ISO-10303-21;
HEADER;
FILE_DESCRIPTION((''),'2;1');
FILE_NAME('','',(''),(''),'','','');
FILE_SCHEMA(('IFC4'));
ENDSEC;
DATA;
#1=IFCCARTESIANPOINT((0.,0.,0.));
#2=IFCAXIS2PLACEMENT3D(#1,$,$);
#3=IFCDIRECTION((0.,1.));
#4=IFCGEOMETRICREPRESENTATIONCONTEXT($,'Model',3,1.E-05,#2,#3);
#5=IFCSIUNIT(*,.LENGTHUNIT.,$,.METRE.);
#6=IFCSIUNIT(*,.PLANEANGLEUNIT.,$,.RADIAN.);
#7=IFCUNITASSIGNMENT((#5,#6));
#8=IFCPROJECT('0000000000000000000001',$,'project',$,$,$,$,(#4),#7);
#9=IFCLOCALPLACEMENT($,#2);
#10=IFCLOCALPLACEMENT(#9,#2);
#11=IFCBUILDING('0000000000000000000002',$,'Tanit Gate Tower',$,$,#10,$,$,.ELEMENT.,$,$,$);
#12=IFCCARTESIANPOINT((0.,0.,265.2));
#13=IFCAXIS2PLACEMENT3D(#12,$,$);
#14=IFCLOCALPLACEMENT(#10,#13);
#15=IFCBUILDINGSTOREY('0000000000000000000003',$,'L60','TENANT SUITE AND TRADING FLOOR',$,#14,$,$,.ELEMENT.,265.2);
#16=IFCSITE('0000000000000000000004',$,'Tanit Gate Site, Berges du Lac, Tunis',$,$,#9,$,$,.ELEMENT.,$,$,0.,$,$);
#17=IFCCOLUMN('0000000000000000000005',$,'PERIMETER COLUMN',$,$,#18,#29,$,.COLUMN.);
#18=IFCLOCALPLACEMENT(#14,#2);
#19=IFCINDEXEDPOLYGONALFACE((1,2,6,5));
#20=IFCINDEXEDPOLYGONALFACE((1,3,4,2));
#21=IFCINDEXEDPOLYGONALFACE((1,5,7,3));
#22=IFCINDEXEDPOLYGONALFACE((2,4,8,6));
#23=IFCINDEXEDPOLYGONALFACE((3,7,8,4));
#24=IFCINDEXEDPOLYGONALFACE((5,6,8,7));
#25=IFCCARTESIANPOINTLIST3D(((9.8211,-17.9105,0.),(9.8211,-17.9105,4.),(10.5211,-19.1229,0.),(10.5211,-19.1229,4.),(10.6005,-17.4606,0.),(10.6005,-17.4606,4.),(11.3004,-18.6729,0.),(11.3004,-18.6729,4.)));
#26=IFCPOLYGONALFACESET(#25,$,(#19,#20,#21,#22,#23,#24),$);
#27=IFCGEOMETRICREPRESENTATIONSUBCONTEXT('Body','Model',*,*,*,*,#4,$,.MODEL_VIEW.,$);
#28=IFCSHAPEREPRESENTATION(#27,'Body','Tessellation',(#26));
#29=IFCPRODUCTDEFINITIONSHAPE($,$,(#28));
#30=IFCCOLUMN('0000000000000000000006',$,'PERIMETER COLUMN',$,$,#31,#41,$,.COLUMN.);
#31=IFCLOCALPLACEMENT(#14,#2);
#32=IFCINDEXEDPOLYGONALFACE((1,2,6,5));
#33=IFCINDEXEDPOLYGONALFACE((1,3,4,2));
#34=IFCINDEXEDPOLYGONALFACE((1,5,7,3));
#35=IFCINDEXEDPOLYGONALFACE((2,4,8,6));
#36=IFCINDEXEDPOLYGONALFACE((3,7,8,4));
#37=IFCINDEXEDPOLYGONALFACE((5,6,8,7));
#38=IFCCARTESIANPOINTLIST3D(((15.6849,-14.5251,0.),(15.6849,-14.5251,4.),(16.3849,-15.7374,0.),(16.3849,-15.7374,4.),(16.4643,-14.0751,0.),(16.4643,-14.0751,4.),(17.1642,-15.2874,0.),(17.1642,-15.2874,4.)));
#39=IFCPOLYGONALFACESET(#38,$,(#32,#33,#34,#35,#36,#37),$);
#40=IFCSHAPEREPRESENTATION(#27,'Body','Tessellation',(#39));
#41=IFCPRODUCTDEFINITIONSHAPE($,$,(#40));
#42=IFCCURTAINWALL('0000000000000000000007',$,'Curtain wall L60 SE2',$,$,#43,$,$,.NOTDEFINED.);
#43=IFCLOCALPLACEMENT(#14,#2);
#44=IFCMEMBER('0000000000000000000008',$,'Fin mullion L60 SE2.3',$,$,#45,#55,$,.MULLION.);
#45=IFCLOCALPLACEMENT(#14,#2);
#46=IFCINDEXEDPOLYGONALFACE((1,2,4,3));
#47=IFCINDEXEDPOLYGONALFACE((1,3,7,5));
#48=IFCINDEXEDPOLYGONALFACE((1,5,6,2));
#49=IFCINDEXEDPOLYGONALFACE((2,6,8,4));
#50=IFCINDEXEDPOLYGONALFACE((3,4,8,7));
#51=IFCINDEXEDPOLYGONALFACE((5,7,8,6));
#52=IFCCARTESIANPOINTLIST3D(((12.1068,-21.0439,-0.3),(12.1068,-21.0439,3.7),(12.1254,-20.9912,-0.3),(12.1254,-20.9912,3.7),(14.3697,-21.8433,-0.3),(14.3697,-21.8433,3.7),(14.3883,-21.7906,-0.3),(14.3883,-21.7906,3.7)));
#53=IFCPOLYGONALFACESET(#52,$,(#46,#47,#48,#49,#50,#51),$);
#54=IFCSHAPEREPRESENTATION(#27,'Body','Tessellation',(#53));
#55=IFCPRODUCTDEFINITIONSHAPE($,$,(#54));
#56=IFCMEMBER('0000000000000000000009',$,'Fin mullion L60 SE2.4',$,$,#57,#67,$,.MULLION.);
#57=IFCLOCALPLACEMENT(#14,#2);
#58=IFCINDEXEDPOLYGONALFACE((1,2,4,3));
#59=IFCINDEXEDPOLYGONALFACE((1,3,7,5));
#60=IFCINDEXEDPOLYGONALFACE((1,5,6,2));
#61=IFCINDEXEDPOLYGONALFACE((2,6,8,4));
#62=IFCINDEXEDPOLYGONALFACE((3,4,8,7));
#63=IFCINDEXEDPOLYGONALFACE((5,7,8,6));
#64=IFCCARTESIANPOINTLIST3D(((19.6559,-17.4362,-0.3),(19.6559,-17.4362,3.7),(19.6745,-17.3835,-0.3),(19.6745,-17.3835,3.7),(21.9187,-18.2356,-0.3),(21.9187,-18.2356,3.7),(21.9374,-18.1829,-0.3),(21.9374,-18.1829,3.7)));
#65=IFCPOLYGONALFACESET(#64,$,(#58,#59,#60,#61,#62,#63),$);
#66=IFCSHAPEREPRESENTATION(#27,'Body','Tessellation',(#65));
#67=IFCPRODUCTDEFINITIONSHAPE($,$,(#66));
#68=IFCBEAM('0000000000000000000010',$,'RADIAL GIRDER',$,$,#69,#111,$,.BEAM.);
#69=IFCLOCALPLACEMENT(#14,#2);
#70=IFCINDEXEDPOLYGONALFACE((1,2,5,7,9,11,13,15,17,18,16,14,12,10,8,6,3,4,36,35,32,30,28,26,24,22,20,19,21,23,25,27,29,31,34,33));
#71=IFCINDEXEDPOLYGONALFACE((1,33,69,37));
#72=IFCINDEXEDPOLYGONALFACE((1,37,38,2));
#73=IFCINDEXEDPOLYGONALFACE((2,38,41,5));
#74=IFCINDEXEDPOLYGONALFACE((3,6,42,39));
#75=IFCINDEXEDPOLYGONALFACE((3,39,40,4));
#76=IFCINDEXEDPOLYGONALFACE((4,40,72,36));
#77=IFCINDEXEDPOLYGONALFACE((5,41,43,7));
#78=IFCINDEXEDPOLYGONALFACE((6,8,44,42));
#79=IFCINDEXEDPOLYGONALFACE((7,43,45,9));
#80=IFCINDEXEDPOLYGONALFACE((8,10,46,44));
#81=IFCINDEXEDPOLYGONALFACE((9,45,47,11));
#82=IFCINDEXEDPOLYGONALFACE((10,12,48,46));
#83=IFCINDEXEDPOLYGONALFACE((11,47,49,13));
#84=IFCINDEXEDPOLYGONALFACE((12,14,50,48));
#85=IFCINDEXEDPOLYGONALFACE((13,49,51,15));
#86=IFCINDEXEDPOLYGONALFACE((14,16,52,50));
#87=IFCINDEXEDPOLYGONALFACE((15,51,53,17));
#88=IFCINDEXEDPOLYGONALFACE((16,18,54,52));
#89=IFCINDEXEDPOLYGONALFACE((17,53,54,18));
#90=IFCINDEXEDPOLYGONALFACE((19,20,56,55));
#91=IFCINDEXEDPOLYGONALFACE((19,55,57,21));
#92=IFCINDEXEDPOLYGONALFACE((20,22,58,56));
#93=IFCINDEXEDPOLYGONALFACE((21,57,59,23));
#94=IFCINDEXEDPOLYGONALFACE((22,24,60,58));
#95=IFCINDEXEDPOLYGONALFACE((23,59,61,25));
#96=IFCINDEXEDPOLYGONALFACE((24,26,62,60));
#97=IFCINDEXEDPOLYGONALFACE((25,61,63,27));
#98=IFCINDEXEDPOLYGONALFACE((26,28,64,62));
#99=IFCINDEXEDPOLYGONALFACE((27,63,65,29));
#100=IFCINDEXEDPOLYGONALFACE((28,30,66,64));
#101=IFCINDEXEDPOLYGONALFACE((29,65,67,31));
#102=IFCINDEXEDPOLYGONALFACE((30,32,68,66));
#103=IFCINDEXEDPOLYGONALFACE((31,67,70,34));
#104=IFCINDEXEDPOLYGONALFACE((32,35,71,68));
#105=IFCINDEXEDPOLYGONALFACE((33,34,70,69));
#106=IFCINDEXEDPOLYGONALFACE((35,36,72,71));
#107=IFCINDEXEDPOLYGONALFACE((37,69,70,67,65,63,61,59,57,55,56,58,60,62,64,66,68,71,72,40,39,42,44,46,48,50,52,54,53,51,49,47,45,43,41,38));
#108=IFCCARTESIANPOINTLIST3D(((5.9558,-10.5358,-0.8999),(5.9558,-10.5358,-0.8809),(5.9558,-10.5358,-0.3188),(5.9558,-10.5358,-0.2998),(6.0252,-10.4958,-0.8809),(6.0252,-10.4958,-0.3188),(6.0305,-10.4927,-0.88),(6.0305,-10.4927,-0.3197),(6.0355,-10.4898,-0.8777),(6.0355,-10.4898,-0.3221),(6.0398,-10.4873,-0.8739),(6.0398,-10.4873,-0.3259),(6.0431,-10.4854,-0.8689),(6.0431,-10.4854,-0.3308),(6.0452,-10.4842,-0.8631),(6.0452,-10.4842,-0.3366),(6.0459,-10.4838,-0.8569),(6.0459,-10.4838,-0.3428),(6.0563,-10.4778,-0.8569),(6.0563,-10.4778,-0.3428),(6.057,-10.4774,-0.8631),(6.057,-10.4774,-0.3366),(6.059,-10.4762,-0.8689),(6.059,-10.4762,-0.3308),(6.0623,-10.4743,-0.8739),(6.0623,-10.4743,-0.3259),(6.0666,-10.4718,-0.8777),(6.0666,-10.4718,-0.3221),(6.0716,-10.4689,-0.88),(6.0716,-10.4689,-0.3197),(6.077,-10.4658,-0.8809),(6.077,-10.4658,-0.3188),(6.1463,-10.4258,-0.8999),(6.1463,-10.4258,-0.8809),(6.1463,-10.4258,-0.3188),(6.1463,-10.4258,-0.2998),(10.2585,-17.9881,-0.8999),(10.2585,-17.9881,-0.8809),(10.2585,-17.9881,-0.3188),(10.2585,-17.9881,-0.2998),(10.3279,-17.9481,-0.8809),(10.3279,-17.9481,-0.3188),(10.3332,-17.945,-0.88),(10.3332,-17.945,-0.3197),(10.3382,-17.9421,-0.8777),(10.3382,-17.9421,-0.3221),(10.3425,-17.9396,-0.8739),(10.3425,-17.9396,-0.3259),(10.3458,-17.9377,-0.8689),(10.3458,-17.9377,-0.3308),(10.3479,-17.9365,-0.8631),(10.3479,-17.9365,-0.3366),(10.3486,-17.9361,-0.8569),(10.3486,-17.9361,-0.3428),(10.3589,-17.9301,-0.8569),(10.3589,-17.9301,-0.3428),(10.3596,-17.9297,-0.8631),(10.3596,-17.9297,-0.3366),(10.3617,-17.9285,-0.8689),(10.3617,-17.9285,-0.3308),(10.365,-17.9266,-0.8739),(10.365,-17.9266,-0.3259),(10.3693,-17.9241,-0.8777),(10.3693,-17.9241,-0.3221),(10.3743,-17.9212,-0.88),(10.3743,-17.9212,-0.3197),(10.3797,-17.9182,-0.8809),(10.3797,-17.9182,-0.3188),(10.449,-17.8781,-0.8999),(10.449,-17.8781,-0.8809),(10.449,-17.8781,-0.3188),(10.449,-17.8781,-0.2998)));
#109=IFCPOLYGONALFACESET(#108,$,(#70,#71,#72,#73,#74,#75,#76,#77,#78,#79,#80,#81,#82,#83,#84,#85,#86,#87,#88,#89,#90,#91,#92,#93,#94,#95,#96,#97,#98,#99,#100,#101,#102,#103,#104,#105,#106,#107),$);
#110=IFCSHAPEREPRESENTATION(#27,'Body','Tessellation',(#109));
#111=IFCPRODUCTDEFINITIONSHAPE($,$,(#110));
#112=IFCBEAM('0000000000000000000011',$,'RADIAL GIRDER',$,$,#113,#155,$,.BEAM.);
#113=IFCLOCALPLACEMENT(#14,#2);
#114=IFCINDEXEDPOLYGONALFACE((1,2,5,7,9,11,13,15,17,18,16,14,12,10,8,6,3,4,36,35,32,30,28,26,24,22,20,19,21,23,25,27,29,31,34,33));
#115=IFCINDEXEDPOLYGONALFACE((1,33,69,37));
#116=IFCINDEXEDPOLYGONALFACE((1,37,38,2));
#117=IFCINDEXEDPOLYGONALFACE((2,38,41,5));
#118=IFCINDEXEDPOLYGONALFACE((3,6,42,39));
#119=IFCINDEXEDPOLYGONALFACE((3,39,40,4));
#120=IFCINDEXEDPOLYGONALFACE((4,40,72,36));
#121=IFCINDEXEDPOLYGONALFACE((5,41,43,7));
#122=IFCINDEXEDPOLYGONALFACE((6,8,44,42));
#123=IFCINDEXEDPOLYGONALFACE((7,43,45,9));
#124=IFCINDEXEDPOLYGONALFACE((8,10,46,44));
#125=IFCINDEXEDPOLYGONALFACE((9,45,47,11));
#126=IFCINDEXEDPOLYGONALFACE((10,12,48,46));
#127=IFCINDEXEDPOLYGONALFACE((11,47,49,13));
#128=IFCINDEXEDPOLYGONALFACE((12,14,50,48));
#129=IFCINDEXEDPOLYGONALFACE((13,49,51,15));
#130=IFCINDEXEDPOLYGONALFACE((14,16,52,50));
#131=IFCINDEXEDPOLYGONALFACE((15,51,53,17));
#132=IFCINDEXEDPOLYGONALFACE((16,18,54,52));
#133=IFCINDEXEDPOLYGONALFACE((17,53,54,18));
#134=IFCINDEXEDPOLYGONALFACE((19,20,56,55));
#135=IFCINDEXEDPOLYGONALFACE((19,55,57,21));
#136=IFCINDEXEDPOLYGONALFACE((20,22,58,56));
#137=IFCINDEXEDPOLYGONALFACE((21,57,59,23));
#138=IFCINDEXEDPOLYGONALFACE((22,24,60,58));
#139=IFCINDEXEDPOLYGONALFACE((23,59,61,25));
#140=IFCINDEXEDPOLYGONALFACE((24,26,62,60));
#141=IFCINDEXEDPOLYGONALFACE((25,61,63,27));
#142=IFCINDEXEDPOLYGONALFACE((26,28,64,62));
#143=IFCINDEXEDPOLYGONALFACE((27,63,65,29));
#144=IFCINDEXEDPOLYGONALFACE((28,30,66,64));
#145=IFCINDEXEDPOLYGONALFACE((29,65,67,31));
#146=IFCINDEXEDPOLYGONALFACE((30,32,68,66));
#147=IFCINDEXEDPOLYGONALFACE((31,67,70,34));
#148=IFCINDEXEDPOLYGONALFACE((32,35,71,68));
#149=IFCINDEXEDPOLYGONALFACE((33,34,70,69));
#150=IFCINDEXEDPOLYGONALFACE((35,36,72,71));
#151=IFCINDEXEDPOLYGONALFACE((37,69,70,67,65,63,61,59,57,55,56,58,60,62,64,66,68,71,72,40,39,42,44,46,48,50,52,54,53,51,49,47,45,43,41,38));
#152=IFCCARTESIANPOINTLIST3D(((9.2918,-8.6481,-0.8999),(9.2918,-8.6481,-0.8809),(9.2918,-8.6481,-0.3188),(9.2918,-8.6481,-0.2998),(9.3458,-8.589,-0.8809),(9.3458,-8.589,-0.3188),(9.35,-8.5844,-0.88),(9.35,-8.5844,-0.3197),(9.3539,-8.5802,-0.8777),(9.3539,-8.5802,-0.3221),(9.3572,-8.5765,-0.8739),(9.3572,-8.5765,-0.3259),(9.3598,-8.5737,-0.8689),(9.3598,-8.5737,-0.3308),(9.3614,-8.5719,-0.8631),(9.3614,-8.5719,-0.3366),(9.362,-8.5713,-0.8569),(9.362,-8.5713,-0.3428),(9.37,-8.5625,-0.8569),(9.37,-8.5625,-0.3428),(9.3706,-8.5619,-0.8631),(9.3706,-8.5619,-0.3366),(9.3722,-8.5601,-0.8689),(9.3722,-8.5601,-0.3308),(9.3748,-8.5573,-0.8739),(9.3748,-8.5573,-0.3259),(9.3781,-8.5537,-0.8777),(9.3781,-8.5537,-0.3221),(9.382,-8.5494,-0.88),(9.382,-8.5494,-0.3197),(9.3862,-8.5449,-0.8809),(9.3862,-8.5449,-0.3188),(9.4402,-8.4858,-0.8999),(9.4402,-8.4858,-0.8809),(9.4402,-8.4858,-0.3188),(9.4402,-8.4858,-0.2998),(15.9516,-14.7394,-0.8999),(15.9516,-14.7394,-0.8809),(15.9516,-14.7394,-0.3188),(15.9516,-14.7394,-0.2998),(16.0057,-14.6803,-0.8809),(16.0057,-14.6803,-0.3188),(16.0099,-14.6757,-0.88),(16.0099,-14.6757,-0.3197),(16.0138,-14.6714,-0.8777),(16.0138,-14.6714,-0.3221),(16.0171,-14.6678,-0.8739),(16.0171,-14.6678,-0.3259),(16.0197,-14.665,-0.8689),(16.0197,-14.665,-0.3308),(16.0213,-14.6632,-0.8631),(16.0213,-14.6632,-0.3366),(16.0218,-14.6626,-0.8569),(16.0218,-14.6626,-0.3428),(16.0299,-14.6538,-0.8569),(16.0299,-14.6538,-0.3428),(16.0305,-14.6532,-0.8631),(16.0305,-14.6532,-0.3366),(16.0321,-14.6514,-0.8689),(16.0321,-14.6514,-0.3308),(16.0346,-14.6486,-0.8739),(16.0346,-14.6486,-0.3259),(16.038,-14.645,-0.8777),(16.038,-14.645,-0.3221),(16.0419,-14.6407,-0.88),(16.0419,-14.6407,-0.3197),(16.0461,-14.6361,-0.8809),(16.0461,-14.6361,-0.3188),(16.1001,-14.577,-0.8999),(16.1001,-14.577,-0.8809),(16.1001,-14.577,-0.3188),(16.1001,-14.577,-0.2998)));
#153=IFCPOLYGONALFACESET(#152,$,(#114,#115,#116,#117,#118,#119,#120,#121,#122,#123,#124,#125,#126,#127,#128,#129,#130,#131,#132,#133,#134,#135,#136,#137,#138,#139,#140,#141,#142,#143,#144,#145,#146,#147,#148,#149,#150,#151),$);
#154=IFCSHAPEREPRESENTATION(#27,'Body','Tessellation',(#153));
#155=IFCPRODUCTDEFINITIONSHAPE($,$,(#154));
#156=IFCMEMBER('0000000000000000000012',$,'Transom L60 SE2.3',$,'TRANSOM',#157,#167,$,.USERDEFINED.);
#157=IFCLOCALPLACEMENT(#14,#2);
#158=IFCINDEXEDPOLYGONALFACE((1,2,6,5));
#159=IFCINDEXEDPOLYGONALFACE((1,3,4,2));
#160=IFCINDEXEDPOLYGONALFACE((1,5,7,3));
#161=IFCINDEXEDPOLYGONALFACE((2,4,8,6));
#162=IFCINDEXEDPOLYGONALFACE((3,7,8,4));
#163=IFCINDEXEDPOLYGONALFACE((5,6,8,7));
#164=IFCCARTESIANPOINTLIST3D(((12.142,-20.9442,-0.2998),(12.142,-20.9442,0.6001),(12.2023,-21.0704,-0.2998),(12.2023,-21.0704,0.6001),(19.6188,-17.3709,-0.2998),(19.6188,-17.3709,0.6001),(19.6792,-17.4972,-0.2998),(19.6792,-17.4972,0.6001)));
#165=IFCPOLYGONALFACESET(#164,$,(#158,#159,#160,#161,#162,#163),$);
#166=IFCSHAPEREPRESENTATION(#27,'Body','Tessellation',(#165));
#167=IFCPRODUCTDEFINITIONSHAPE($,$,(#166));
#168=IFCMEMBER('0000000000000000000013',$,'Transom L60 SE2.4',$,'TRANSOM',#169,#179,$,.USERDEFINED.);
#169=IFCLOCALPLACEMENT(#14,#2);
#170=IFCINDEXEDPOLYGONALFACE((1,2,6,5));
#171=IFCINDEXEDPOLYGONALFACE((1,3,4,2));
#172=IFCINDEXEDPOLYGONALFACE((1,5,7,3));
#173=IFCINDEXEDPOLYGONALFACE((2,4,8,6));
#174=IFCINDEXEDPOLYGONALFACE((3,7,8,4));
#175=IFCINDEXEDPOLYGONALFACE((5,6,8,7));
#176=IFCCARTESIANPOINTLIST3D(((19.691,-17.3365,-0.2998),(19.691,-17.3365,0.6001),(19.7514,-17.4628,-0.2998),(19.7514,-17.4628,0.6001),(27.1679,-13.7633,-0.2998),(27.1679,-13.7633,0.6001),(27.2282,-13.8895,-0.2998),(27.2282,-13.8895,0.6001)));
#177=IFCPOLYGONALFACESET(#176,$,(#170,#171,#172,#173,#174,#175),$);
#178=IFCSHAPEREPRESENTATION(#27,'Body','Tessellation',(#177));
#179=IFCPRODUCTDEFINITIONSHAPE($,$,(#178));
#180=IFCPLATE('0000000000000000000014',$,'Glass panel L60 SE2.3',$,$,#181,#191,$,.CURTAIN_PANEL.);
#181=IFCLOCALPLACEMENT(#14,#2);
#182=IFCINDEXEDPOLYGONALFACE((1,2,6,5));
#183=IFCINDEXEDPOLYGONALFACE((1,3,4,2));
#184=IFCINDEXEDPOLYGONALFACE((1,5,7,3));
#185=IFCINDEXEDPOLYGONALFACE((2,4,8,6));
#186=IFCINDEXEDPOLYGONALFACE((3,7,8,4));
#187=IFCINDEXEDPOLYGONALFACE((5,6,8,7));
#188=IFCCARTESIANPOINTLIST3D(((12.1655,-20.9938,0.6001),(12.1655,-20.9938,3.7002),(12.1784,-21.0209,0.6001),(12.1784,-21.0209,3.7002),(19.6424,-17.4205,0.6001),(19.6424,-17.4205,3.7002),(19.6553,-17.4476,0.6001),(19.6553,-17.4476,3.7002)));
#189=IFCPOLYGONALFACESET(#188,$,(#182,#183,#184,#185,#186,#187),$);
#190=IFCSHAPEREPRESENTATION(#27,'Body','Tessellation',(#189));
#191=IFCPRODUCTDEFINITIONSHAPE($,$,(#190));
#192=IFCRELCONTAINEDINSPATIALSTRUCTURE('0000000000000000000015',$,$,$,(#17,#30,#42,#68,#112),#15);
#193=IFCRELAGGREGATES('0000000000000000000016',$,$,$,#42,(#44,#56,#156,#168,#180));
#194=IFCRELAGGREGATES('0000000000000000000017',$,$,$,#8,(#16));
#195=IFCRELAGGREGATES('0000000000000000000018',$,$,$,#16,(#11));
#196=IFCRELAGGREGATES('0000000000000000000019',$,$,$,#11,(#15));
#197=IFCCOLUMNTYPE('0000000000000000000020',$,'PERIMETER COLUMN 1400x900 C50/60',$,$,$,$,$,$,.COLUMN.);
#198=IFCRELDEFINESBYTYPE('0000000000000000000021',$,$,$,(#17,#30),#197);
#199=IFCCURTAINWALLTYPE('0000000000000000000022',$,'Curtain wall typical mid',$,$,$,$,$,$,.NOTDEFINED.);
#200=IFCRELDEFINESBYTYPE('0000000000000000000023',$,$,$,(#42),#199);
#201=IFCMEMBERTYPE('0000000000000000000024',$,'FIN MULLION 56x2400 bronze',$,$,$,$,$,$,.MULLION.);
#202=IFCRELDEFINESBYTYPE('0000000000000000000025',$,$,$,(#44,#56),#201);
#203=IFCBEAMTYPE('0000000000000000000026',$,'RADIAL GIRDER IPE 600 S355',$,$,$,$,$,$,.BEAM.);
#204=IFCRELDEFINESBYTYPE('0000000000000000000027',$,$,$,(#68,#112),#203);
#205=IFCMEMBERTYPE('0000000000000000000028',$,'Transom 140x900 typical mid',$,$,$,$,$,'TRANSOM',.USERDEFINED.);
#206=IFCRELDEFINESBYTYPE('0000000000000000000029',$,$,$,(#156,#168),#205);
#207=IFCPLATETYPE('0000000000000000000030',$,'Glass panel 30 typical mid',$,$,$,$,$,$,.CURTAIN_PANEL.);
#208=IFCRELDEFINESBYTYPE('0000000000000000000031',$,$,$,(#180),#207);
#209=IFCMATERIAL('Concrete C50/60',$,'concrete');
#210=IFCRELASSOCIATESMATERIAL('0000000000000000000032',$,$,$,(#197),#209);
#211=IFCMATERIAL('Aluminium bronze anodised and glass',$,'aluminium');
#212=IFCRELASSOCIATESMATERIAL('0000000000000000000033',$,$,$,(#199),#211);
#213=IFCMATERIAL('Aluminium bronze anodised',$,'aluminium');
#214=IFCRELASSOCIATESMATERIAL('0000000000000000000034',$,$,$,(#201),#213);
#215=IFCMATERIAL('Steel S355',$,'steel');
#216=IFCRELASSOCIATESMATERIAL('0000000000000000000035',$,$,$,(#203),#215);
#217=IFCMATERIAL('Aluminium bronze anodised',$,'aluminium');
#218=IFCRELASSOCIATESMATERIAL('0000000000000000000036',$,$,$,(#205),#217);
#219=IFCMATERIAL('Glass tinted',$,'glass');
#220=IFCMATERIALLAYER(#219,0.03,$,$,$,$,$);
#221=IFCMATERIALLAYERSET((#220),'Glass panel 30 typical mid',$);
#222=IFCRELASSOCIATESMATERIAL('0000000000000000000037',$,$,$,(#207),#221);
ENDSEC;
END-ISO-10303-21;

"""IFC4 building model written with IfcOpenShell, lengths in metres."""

from ifc_helpers import new_model, si_unit, direction, frame, origin, origin_2d, place, context, subcontext, project, spatial, rectangle, i_section, extrude, material, layer, layer_set, material_profile, profile_set, type_object, element, aggregate, save


model = new_model("IFC4")

# Units and contexts
model_context = context("Model", 3, precision=1e-05, world=origin(), true_north=direction((0.0, 1.0)))
body_context = subcontext(model_context, "Body", "Model", "MODEL_VIEW")
ifc_project = project(units=[si_unit("LENGTHUNIT", "METRE"), si_unit("PLANEANGLEUNIT", "RADIAN")], contexts=[model_context])

# Site, building, storey
site_placement = place(None, origin())
site = spatial("IfcSite", under=ifc_project, at=site_placement, Name="Tanit Gate Site, Berges du Lac, Tunis", CompositionType="ELEMENT", RefElevation=0.0)
building_placement = place(site_placement, origin())
building = spatial("IfcBuilding", under=site, at=building_placement, Name="Tanit Gate Tower", CompositionType="ELEMENT")
storey_placement = place(building_placement, frame((0.0, 0.0, 265.2)))
storey = spatial("IfcBuildingStorey", under=building, at=storey_placement, Name="L60", Description="TENANT SUITE AND TRADING FLOOR", CompositionType="ELEMENT", Elevation=265.2)

# Columns
ifc_material_1 = material(Name="Concrete C50/60", Category="concrete")
ifc_material_profile_1 = material_profile(ifc_material_1, rectangle(XDim=1.3999, YDim=0.8999, at=origin_2d()), Name="RC 1400x900")
ifc_profile_set_1 = profile_set([ifc_material_profile_1], Name="Concrete C50/60")
column_type = type_object("IfcColumnType", Name="PERIMETER COLUMN 1400x900 C50/60", PredefinedType="COLUMN", material=ifc_profile_set_1)
for number, where, z_axis, x_axis, name in (
    (1, (10.5608, -18.2917, 0.0), (0.0, 0.0, 1.0), (0.5, -0.866025, 0.0), "PERIMETER COLUMN"),
    (2, (16.4246, -14.9062, 0.0), (0.0, 0.0, 1.0), (0.5, -0.866025, 0.0), "PERIMETER COLUMN"),
):
    element("IfcColumn", number, at=place(storey_placement, frame(where, z_axis=z_axis, x_axis=x_axis)), inside=storey, type_object=column_type, Name=name, PredefinedType="COLUMN", context=body_context, shape_type="SweptSolid", body=[
        extrude(rectangle(XDim=1.3999, YDim=0.8999, at=origin_2d()), origin(), (0.0, 0.0, 1.0), 4.0),
    ])

# Curtain wall, members
ifc_material_2 = material(Name="Aluminium bronze anodised and glass", Category="aluminium")
curtain_wall_type = type_object("IfcCurtainWallType", Name="Curtain wall typical mid", PredefinedType="NOTDEFINED", material=ifc_material_2)
curtain_wall_placement = place(storey_placement, origin())
curtain_wall = element("IfcCurtainWall", 3, at=curtain_wall_placement, inside=storey, type_object=curtain_wall_type, Name="Curtain wall L60 SE2", PredefinedType="NOTDEFINED")
ifc_material_3 = material(Name="Aluminium bronze anodised", Category="aluminium")
ifc_material_profile_2 = material_profile(ifc_material_3, rectangle(XDim=2.3999, YDim=0.0559, at=origin_2d()), Name="56x2400 bronze fin mullion")
ifc_profile_set_2 = profile_set([ifc_material_profile_2], Name="Aluminium bronze anodised")
member_type_1 = type_object("IfcMemberType", Name="FIN MULLION 56x2400 bronze", PredefinedType="MULLION", material=ifc_profile_set_2)
member_1_placement = place(storey_placement, frame((13.2476, -21.4172, -0.3), z_axis=(0.0, 0.0, 1.0), x_axis=(-0.942895, 0.33309, 0.0)))
member_1 = element("IfcMember", 4, at=member_1_placement, type_object=member_type_1, Name="Fin mullion L60 SE2.3", PredefinedType="MULLION", context=body_context, shape_type="SweptSolid", body=[
    extrude(rectangle(XDim=2.3999, YDim=0.0559, at=origin_2d()), origin(), (0.0, 0.0, 1.0), 4.0),
])
member_2_placement = place(storey_placement, frame((20.7966, -17.8096, -0.3), z_axis=(0.0, 0.0, 1.0), x_axis=(-0.942895, 0.33309, 0.0)))
member_2 = element("IfcMember", 5, at=member_2_placement, type_object=member_type_1, Name="Fin mullion L60 SE2.4", PredefinedType="MULLION", context=body_context, shape_type="SweptSolid", body=[
    extrude(rectangle(XDim=2.3999, YDim=0.0559, at=origin_2d()), origin(), (0.0, 0.0, 1.0), 4.0),
])

# Beams
ifc_material_4 = material(Name="Steel S355", Category="steel")
ifc_material_profile_3 = material_profile(ifc_material_4, i_section(OverallWidth=0.22, OverallDepth=0.6001, WebThickness=0.012, FlangeThickness=0.019, FilletRadius=0.0239, at=origin_2d()), Name="IPE 600")
ifc_profile_set_3 = profile_set([ifc_material_profile_3], Name="Steel S355")
beam_type = type_object("IfcBeamType", Name="RADIAL GIRDER IPE 600 S355", PredefinedType="BEAM", material=ifc_profile_set_3)
beam_1_placement = place(storey_placement, frame((10.3538, -17.9331, -0.5999), z_axis=(-0.500008, 0.866021, 0.0), x_axis=(-0.866021, -0.500008, 0.0)))
element("IfcBeam", 6, at=beam_1_placement, inside=storey, type_object=beam_type, Name="RADIAL GIRDER", PredefinedType="BEAM", context=body_context, shape_type="SweptSolid", body=[
    extrude(i_section(OverallWidth=0.22, OverallDepth=0.6001, WebThickness=0.012, FlangeThickness=0.019, FilletRadius=0.0239, at=origin_2d()), origin(), (0.0, 0.0, 1.0), 8.6052),
])
beam_2_placement = place(storey_placement, frame((16.0259, -14.6582, -0.5999), z_axis=(-0.737905, 0.674905, 0.0), x_axis=(-0.674905, -0.737905, 0.0)))
element("IfcBeam", 7, at=beam_2_placement, inside=storey, type_object=beam_type, Name="RADIAL GIRDER", PredefinedType="BEAM", context=body_context, shape_type="SweptSolid", body=[
    extrude(i_section(OverallWidth=0.22, OverallDepth=0.6001, WebThickness=0.012, FlangeThickness=0.019, FilletRadius=0.0239, at=origin_2d()), origin(), (0.0, 0.0, 1.0), 9.0254),
])

# Members
ifc_material_5 = material(Name="Aluminium bronze anodised", Category="aluminium")
ifc_material_profile_4 = material_profile(ifc_material_5, rectangle(XDim=0.1399, YDim=0.8999, at=origin_2d()), Name="140x900 bronze transom")
ifc_profile_set_4 = profile_set([ifc_material_profile_4], Name="Aluminium bronze anodised")
member_type_2 = type_object("IfcMemberType", Name="Transom 140x900 typical mid", ElementType="TRANSOM", PredefinedType="USERDEFINED", material=ifc_profile_set_4)
member_3_placement = place(storey_placement, frame((12.1721, -21.0073, 0.1501), z_axis=(0.902257, 0.431198, 0.0), x_axis=(-0.431198, 0.902257, 0.0)))
member_3 = element("IfcMember", 8, at=member_3_placement, type_object=member_type_2, Name="Transom L60 SE2.3", ObjectType="TRANSOM", PredefinedType="USERDEFINED", context=body_context, shape_type="SweptSolid", body=[
    extrude(rectangle(XDim=0.1399, YDim=0.8999, at=origin_2d()), origin(), (0.0, 0.0, 1.0), 8.2869),
])
member_4_placement = place(storey_placement, frame((19.7212, -17.3997, 0.1501), z_axis=(0.902257, 0.431198, 0.0), x_axis=(-0.431198, 0.902257, 0.0)))
member_4 = element("IfcMember", 9, at=member_4_placement, type_object=member_type_2, Name="Transom L60 SE2.4", ObjectType="TRANSOM", PredefinedType="USERDEFINED", context=body_context, shape_type="SweptSolid", body=[
    extrude(rectangle(XDim=0.1399, YDim=0.8999, at=origin_2d()), origin(), (0.0, 0.0, 1.0), 8.2869),
])

# Plate
ifc_material_6 = material(Name="Glass tinted", Category="glass")
ifc_layer_1 = layer(ifc_material_6, 0.03)
ifc_layer_set_1 = layer_set([ifc_layer_1], Name="Glass panel 30 typical mid")
plate_type = type_object("IfcPlateType", Name="Glass panel 30 typical mid", PredefinedType="CURTAIN_PANEL", material=ifc_layer_set_1)
plate_placement = place(storey_placement, frame((15.9104, -19.2207, 0.6001), z_axis=(0.0, 0.0, 1.0), x_axis=(0.902258, 0.431197, 0.0)))
plate = element("IfcPlate", 10, at=plate_placement, type_object=plate_type, Name="Glass panel L60 SE2.3", PredefinedType="CURTAIN_PANEL", context=body_context, shape_type="SweptSolid", body=[
    extrude(rectangle(XDim=8.2869, YDim=0.03, at=origin_2d()), origin(), (0.0, 0.0, 1.0), 3.1001),
])
aggregate(curtain_wall, [member_1, member_2, member_3, member_4, plate])

save(model, "model.ifc")
